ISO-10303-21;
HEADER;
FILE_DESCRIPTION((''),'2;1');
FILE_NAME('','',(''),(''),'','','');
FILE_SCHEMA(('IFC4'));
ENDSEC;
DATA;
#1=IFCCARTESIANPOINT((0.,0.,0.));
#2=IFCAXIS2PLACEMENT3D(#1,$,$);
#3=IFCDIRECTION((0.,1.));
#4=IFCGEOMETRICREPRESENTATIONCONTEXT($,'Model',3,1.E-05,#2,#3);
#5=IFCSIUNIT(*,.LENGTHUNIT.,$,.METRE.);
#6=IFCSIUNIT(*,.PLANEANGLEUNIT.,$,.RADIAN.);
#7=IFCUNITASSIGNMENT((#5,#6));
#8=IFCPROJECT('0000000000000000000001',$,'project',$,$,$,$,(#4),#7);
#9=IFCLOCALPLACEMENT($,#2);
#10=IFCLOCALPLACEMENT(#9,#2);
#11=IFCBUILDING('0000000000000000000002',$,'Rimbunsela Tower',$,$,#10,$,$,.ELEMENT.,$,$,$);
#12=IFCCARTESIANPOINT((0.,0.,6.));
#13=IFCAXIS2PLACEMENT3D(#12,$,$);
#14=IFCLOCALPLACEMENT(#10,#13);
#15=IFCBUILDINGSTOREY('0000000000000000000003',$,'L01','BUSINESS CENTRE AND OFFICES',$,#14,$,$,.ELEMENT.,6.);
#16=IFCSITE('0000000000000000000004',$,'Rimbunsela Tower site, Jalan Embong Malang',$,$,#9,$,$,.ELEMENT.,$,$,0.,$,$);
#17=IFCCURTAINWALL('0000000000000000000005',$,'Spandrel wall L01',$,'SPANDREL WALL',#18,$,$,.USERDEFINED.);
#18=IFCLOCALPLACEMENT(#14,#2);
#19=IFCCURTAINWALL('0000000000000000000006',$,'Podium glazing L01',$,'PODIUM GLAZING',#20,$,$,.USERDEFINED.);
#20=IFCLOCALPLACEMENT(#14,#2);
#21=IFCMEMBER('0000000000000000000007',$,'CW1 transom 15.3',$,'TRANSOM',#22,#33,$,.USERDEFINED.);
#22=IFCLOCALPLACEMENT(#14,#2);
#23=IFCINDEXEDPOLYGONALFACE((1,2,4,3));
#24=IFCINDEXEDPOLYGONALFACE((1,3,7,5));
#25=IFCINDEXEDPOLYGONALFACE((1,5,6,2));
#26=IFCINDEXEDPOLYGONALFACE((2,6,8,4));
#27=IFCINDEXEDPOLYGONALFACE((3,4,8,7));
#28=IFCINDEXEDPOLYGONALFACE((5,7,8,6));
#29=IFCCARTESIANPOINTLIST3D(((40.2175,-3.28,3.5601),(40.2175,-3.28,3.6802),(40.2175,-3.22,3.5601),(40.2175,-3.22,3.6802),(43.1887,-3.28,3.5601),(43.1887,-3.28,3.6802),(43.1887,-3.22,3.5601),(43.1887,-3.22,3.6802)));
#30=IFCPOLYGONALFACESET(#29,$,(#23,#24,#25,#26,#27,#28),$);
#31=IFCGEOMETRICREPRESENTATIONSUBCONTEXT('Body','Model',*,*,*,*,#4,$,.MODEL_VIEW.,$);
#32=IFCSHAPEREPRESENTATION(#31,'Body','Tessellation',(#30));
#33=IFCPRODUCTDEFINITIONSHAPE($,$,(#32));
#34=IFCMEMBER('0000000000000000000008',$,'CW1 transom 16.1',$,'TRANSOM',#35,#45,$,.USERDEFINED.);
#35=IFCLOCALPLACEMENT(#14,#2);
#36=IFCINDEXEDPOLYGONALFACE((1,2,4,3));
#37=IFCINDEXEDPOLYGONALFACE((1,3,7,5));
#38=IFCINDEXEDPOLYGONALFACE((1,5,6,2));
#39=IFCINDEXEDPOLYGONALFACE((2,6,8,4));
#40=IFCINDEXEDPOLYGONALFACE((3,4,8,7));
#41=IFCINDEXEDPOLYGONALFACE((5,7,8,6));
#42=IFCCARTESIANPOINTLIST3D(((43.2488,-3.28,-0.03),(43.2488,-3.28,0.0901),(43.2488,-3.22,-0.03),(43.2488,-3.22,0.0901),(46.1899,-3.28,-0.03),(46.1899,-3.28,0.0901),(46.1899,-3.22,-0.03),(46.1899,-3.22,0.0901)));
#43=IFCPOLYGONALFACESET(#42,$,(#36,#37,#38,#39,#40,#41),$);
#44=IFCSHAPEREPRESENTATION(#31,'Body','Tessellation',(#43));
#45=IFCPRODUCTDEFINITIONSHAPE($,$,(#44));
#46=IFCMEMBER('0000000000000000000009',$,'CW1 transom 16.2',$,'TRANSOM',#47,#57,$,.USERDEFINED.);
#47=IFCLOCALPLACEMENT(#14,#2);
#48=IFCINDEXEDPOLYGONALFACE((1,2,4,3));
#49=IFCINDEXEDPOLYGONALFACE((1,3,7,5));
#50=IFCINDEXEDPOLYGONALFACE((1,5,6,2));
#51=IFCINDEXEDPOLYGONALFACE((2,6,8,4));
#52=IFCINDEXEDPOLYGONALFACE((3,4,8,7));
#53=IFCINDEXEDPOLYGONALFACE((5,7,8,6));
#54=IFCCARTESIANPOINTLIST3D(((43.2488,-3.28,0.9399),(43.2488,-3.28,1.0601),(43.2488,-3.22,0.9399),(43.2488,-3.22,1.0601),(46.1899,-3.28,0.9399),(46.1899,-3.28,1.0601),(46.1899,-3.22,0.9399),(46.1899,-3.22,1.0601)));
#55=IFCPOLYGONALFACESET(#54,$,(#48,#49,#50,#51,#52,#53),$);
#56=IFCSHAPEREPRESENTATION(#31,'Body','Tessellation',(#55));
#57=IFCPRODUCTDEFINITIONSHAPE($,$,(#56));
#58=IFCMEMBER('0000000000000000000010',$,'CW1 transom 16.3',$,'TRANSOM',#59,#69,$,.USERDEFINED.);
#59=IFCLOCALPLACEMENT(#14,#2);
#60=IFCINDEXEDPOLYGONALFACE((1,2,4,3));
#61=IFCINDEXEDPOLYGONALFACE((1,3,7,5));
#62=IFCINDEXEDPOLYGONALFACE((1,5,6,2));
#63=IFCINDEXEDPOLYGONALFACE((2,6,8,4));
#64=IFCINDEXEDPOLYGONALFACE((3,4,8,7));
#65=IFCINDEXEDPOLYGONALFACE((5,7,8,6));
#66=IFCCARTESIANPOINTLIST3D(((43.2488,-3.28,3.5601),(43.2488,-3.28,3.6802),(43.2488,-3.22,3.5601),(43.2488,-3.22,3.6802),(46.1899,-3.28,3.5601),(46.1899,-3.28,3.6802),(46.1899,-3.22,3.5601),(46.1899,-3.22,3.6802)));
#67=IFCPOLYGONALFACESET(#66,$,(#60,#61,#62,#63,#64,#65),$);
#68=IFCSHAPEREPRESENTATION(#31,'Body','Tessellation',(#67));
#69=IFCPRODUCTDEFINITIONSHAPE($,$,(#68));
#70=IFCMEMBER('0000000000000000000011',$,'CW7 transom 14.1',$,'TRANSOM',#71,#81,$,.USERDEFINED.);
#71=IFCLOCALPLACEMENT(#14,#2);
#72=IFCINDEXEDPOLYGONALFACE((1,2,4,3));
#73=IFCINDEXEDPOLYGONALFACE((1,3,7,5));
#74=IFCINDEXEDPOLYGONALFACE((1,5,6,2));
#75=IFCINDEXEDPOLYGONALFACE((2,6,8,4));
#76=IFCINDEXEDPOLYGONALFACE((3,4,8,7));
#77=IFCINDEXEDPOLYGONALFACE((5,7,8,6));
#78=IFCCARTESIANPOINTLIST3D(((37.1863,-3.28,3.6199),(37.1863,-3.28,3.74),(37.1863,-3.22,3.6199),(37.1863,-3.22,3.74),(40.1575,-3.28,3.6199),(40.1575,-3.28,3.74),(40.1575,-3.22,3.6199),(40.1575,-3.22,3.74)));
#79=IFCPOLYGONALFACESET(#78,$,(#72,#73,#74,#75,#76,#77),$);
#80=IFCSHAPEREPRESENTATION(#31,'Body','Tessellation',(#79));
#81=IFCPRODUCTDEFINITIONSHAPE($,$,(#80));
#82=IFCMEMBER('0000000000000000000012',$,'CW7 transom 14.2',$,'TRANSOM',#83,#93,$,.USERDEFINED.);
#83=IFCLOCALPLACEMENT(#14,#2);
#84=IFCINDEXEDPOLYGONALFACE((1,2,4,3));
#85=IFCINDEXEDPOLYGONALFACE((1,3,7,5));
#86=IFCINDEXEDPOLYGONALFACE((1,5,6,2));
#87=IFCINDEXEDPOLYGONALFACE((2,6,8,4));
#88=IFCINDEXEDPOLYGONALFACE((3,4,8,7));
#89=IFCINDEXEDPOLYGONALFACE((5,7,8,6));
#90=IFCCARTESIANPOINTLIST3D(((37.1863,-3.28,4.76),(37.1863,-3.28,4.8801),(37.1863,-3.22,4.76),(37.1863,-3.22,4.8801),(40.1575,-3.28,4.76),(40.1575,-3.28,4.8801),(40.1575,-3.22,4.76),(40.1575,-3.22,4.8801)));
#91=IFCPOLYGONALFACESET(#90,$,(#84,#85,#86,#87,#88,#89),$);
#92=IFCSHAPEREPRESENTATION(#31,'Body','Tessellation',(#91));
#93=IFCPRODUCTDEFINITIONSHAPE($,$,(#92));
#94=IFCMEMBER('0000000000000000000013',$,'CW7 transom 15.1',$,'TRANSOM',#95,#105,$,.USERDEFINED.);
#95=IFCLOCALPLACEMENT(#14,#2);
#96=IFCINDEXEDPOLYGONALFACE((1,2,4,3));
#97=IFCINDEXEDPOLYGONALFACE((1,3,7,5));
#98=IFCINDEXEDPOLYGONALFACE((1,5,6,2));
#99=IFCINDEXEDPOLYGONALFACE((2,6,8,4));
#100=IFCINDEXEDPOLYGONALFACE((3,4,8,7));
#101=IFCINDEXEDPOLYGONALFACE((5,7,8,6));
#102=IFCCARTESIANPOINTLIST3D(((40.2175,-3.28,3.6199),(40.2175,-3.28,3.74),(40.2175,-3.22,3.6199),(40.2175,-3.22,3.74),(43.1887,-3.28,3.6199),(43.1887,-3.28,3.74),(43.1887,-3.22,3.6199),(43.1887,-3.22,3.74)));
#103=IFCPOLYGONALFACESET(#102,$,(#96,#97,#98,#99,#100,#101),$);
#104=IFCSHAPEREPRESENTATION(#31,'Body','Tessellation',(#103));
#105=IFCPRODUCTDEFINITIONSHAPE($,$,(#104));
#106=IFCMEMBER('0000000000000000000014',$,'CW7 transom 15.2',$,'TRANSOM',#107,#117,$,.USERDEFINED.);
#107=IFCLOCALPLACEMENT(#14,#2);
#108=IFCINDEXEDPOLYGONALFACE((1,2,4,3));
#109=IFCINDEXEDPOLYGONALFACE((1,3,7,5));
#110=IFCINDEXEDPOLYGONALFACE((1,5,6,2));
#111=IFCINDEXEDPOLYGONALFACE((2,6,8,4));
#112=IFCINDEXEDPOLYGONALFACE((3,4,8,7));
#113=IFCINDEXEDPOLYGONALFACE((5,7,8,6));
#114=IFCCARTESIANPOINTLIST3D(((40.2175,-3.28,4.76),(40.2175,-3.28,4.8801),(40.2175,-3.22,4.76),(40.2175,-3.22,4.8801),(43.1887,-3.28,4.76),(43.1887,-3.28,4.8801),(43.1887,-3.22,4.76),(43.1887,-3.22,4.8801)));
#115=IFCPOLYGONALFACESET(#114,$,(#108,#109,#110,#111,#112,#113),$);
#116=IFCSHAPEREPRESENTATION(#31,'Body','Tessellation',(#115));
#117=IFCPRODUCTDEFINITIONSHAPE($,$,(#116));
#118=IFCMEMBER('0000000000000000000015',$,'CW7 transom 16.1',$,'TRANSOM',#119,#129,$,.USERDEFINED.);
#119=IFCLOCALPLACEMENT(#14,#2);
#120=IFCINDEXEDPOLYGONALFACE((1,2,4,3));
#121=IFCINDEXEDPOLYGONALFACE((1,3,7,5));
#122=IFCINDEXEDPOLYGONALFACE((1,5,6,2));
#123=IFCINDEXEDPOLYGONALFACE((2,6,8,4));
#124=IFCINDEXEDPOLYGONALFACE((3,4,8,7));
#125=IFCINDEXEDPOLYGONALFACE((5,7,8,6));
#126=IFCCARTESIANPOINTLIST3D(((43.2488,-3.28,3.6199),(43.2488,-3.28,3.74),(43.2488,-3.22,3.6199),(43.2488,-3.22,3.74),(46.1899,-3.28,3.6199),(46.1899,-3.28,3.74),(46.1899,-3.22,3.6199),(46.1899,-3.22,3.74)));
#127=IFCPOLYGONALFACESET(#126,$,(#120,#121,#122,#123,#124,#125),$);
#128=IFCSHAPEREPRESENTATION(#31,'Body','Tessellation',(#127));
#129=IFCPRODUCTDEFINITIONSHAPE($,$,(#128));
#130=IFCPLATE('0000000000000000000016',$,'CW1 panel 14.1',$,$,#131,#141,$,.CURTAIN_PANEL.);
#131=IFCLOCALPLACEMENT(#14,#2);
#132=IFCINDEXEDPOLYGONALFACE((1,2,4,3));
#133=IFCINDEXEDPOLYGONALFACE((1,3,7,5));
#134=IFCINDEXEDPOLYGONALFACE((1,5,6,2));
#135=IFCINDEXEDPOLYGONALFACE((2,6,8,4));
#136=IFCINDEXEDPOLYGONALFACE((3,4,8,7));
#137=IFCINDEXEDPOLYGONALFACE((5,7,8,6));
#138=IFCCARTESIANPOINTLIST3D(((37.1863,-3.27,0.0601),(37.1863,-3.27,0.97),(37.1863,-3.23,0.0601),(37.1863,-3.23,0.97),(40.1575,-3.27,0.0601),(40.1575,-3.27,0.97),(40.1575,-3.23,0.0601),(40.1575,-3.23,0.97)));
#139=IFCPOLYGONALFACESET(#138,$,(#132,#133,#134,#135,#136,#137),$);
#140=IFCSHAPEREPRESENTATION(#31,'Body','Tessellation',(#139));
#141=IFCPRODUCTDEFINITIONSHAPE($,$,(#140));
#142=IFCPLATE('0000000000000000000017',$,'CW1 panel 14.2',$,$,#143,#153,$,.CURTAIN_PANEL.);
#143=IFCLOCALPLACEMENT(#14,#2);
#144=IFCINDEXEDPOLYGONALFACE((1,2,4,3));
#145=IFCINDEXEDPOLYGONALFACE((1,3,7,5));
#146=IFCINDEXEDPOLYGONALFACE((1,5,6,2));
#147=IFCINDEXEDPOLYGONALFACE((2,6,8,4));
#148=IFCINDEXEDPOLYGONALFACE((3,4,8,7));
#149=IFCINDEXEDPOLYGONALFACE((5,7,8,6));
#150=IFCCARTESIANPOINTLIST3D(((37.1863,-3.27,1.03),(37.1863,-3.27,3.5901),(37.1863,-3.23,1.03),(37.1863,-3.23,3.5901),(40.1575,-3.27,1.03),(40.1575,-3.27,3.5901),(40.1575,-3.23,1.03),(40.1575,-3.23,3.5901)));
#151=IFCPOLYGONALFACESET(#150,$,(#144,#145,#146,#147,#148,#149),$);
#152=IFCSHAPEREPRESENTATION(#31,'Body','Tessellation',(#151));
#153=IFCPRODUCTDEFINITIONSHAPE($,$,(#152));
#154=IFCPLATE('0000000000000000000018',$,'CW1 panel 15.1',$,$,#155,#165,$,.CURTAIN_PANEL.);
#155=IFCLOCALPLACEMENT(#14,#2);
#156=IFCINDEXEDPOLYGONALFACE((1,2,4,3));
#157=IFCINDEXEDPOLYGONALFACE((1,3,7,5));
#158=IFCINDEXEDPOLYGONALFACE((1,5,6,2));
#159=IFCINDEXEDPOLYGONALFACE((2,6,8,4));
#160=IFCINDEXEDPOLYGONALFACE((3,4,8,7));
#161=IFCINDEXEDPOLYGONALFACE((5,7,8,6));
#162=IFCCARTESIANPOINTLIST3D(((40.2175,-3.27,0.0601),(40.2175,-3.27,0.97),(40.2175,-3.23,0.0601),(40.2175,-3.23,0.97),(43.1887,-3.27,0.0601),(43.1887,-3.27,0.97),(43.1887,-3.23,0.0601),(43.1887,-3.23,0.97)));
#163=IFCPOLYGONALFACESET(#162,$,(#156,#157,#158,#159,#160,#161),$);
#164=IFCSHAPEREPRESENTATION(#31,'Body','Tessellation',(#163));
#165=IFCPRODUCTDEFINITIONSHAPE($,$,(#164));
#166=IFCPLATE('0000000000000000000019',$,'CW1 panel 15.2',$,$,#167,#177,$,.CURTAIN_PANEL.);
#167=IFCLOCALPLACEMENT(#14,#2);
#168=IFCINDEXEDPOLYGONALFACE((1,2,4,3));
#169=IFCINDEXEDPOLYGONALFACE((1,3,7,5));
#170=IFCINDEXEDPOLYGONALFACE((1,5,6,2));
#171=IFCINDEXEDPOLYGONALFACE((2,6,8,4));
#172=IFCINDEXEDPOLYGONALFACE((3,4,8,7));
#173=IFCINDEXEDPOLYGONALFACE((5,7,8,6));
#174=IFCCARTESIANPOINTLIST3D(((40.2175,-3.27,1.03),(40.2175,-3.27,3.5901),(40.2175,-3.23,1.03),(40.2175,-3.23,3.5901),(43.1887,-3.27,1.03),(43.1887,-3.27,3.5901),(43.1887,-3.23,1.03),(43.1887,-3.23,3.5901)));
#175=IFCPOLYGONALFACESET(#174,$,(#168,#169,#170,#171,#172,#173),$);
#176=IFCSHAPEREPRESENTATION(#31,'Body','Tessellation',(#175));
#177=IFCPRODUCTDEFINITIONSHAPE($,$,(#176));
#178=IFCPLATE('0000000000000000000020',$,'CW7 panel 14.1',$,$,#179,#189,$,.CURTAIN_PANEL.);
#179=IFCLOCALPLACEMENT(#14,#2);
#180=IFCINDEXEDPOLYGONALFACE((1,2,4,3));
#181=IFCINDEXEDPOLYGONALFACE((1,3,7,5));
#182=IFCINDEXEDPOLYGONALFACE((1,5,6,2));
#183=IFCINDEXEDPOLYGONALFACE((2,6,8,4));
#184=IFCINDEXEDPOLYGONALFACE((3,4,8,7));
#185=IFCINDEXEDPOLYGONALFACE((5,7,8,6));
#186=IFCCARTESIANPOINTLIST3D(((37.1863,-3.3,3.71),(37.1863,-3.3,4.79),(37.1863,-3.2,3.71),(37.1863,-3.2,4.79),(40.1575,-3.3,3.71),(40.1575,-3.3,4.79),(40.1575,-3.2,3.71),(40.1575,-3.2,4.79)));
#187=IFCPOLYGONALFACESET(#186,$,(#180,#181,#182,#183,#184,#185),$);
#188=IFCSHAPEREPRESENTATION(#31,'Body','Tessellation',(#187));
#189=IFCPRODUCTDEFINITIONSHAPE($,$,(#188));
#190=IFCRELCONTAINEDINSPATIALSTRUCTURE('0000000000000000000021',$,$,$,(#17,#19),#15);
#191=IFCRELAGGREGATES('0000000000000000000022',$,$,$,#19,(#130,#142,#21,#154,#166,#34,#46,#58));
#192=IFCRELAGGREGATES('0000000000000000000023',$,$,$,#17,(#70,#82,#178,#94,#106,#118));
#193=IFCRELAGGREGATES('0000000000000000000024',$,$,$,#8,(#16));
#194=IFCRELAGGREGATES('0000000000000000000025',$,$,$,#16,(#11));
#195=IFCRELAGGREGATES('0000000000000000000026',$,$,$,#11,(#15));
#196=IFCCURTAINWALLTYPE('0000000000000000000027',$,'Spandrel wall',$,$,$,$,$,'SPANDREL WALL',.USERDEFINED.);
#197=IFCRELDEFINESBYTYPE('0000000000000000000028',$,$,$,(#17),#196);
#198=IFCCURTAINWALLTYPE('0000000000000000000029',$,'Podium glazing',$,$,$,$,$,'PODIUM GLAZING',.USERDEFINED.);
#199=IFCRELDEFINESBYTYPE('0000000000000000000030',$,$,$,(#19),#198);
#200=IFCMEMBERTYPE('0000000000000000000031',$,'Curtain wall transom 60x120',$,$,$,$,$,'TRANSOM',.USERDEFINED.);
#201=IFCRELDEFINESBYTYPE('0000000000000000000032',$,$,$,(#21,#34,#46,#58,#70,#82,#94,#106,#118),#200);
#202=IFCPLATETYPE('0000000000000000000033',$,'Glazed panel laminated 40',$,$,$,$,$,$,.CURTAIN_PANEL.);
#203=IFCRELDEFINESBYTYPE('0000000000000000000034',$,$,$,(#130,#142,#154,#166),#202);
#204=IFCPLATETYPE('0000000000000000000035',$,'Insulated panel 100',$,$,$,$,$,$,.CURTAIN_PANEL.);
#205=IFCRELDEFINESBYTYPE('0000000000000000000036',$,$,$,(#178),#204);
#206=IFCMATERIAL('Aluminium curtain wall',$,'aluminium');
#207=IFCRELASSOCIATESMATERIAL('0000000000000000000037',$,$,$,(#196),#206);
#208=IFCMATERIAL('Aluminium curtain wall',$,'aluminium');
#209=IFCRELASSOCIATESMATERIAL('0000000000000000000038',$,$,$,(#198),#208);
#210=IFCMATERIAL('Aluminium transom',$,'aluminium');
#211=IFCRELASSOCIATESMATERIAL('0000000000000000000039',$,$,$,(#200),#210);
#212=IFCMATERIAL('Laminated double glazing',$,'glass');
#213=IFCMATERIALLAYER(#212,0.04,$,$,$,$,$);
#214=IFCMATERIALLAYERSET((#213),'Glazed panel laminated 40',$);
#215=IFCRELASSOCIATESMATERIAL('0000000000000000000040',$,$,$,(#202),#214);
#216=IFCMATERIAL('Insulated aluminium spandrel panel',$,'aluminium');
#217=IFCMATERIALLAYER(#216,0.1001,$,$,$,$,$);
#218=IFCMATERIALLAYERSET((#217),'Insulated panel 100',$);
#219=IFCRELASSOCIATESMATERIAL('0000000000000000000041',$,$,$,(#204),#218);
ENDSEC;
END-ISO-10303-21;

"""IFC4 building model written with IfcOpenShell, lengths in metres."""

from ifc_helpers import new_model, si_unit, direction, frame, origin, origin_2d, place, context, subcontext, project, spatial, rectangle, extrude, material, layer, layer_set, material_profile, profile_set, type_object, element, aggregate, save


model = new_model("IFC4")

# Units and contexts
model_context = context("Model", 3, precision=1e-05, world=origin(), true_north=direction((0.0, 1.0)))
body_context = subcontext(model_context, "Body", "Model", "MODEL_VIEW")
ifc_project = project(units=[si_unit("LENGTHUNIT", "METRE"), si_unit("PLANEANGLEUNIT", "RADIAN")], contexts=[model_context])

# Site, building, storey
site_placement = place(None, origin())
site = spatial("IfcSite", under=ifc_project, at=site_placement, Name="Rimbunsela Tower site, Jalan Embong Malang", CompositionType="ELEMENT", RefElevation=0.0)
building_placement = place(site_placement, origin())
building = spatial("IfcBuilding", under=site, at=building_placement, Name="Rimbunsela Tower", CompositionType="ELEMENT")
storey_placement = place(building_placement, frame((0.0, 0.0, 6.0)))
storey = spatial("IfcBuildingStorey", under=building, at=storey_placement, Name="L01", Description="BUSINESS CENTRE AND OFFICES", CompositionType="ELEMENT", Elevation=6.0)

# Curtain walls, members
ifc_material_1 = material(Name="Aluminium curtain wall", Category="aluminium")
curtain_wall_type_1 = type_object("IfcCurtainWallType", Name="Spandrel wall", ElementType="SPANDREL WALL", PredefinedType="USERDEFINED", material=ifc_material_1)
curtain_wall_1_placement = place(storey_placement, origin())
curtain_wall_1 = element("IfcCurtainWall", 1, at=curtain_wall_1_placement, inside=storey, type_object=curtain_wall_type_1, Name="Spandrel wall L01", ObjectType="SPANDREL WALL", PredefinedType="USERDEFINED")
ifc_material_2 = material(Name="Aluminium curtain wall", Category="aluminium")
curtain_wall_type_2 = type_object("IfcCurtainWallType", Name="Podium glazing", ElementType="PODIUM GLAZING", PredefinedType="USERDEFINED", material=ifc_material_2)
curtain_wall_2_placement = place(storey_placement, origin())
curtain_wall_2 = element("IfcCurtainWall", 2, at=curtain_wall_2_placement, inside=storey, type_object=curtain_wall_type_2, Name="Podium glazing L01", ObjectType="PODIUM GLAZING", PredefinedType="USERDEFINED")
ifc_material_3 = material(Name="Aluminium transom", Category="aluminium")
ifc_material_profile_1 = material_profile(ifc_material_3, rectangle(XDim=0.0601, YDim=0.1201, at=origin_2d()), Name="Transom 60x120")
ifc_profile_set_1 = profile_set([ifc_material_profile_1], Name="Aluminium transom")
member_type_1 = type_object("IfcMemberType", Name="Curtain wall transom 60x120", ElementType="TRANSOM", PredefinedType="USERDEFINED", material=ifc_profile_set_1)
member_1_placement = place(storey_placement, frame((40.2175, -3.25, 3.6201), z_axis=(1.0, 0.0, 0.0), x_axis=(0.0, 1.0, 0.0)))
member_1 = element("IfcMember", 3, at=member_1_placement, type_object=member_type_1, Name="CW1 transom 15.3", ObjectType="TRANSOM", PredefinedType="USERDEFINED", context=body_context, shape_type="SweptSolid", body=[
    extrude(rectangle(XDim=0.0601, YDim=0.1201, at=origin_2d()), origin(), (0.0, 0.0, 1.0), 2.9712),
])
member_2_placement = place(storey_placement, frame((43.2488, -3.25, 0.03), z_axis=(1.0, 0.0, 0.0), x_axis=(0.0, 1.0, 0.0)))
member_2 = element("IfcMember", 4, at=member_2_placement, type_object=member_type_1, Name="CW1 transom 16.1", ObjectType="TRANSOM", PredefinedType="USERDEFINED", context=body_context, shape_type="SweptSolid", body=[
    extrude(rectangle(XDim=0.0601, YDim=0.1201, at=origin_2d()), origin(), (0.0, 0.0, 1.0), 2.9412),
])
member_3_placement = place(storey_placement, frame((43.2488, -3.25, 1.0), z_axis=(1.0, 0.0, 0.0), x_axis=(0.0, 1.0, 0.0)))
member_3 = element("IfcMember", 5, at=member_3_placement, type_object=member_type_1, Name="CW1 transom 16.2", ObjectType="TRANSOM", PredefinedType="USERDEFINED", context=body_context, shape_type="SweptSolid", body=[
    extrude(rectangle(XDim=0.0601, YDim=0.1201, at=origin_2d()), origin(), (0.0, 0.0, 1.0), 2.9412),
])
member_4_placement = place(storey_placement, frame((43.2488, -3.25, 3.6201), z_axis=(1.0, 0.0, 0.0), x_axis=(0.0, 1.0, 0.0)))
member_4 = element("IfcMember", 6, at=member_4_placement, type_object=member_type_1, Name="CW1 transom 16.3", ObjectType="TRANSOM", PredefinedType="USERDEFINED", context=body_context, shape_type="SweptSolid", body=[
    extrude(rectangle(XDim=0.0601, YDim=0.1201, at=origin_2d()), origin(), (0.0, 0.0, 1.0), 2.9412),
])

# Members
member_5_placement = place(storey_placement, frame((37.1863, -3.25, 3.6799), z_axis=(1.0, 0.0, 0.0), x_axis=(0.0, 1.0, 0.0)))
member_5 = element("IfcMember", 7, at=member_5_placement, type_object=member_type_1, Name="CW7 transom 14.1", ObjectType="TRANSOM", PredefinedType="USERDEFINED", context=body_context, shape_type="SweptSolid", body=[
    extrude(rectangle(XDim=0.0601, YDim=0.1201, at=origin_2d()), origin(), (0.0, 0.0, 1.0), 2.9712),
])
member_6_placement = place(storey_placement, frame((37.1863, -3.25, 4.8201), z_axis=(1.0, 0.0, 0.0), x_axis=(0.0, 1.0, 0.0)))
member_6 = element("IfcMember", 8, at=member_6_placement, type_object=member_type_1, Name="CW7 transom 14.2", ObjectType="TRANSOM", PredefinedType="USERDEFINED", context=body_context, shape_type="SweptSolid", body=[
    extrude(rectangle(XDim=0.0601, YDim=0.1201, at=origin_2d()), origin(), (0.0, 0.0, 1.0), 2.9712),
])
member_7_placement = place(storey_placement, frame((40.2175, -3.25, 3.6799), z_axis=(1.0, 0.0, 0.0), x_axis=(0.0, 1.0, 0.0)))
member_7 = element("IfcMember", 9, at=member_7_placement, type_object=member_type_1, Name="CW7 transom 15.1", ObjectType="TRANSOM", PredefinedType="USERDEFINED", context=body_context, shape_type="SweptSolid", body=[
    extrude(rectangle(XDim=0.0601, YDim=0.1201, at=origin_2d()), origin(), (0.0, 0.0, 1.0), 2.9712),
])
member_8_placement = place(storey_placement, frame((40.2175, -3.25, 4.8201), z_axis=(1.0, 0.0, 0.0), x_axis=(0.0, 1.0, 0.0)))
member_8 = element("IfcMember", 10, at=member_8_placement, type_object=member_type_1, Name="CW7 transom 15.2", ObjectType="TRANSOM", PredefinedType="USERDEFINED", context=body_context, shape_type="SweptSolid", body=[
    extrude(rectangle(XDim=0.0601, YDim=0.1201, at=origin_2d()), origin(), (0.0, 0.0, 1.0), 2.9712),
])
member_9_placement = place(storey_placement, frame((43.2488, -3.25, 3.6799), z_axis=(1.0, 0.0, 0.0), x_axis=(0.0, 1.0, 0.0)))
member_9 = element("IfcMember", 11, at=member_9_placement, type_object=member_type_1, Name="CW7 transom 16.1", ObjectType="TRANSOM", PredefinedType="USERDEFINED", context=body_context, shape_type="SweptSolid", body=[
    extrude(rectangle(XDim=0.0601, YDim=0.1201, at=origin_2d()), origin(), (0.0, 0.0, 1.0), 2.9412),
])

# Plates
ifc_material_4 = material(Name="Laminated double glazing", Category="glass")
ifc_layer_1 = layer(ifc_material_4, 0.04)
ifc_layer_set_1 = layer_set([ifc_layer_1], Name="Glazed panel laminated 40")
plate_type_1 = type_object("IfcPlateType", Name="Glazed panel laminated 40", PredefinedType="CURTAIN_PANEL", material=ifc_layer_set_1)
plate_1_placement = place(storey_placement, frame((38.6719, -3.25, 0.0601), z_axis=(0.0, 0.0, 1.0), x_axis=(1.0, 0.0, 0.0)))
plate_1 = element("IfcPlate", 12, at=plate_1_placement, type_object=plate_type_1, Name="CW1 panel 14.1", PredefinedType="CURTAIN_PANEL", context=body_context, shape_type="SweptSolid", body=[
    extrude(rectangle(XDim=2.9712, YDim=0.04, at=origin_2d()), origin(), (0.0, 0.0, 1.0), 0.9099),
])
plate_2_placement = place(storey_placement, frame((38.6719, -3.25, 1.03), z_axis=(0.0, 0.0, 1.0), x_axis=(1.0, 0.0, 0.0)))
plate_2 = element("IfcPlate", 13, at=plate_2_placement, type_object=plate_type_1, Name="CW1 panel 14.2", PredefinedType="CURTAIN_PANEL", context=body_context, shape_type="SweptSolid", body=[
    extrude(rectangle(XDim=2.9712, YDim=0.04, at=origin_2d()), origin(), (0.0, 0.0, 1.0), 2.5601),
])
plate_3_placement = place(storey_placement, frame((41.7031, -3.25, 0.0601), z_axis=(0.0, 0.0, 1.0), x_axis=(1.0, 0.0, 0.0)))
plate_3 = element("IfcPlate", 14, at=plate_3_placement, type_object=plate_type_1, Name="CW1 panel 15.1", PredefinedType="CURTAIN_PANEL", context=body_context, shape_type="SweptSolid", body=[
    extrude(rectangle(XDim=2.9712, YDim=0.04, at=origin_2d()), origin(), (0.0, 0.0, 1.0), 0.9099),
])
plate_4_placement = place(storey_placement, frame((41.7031, -3.25, 1.03), z_axis=(0.0, 0.0, 1.0), x_axis=(1.0, 0.0, 0.0)))
plate_4 = element("IfcPlate", 15, at=plate_4_placement, type_object=plate_type_1, Name="CW1 panel 15.2", PredefinedType="CURTAIN_PANEL", context=body_context, shape_type="SweptSolid", body=[
    extrude(rectangle(XDim=2.9712, YDim=0.04, at=origin_2d()), origin(), (0.0, 0.0, 1.0), 2.5601),
])
aggregate(curtain_wall_2, [plate_1, plate_2, member_1, plate_3, plate_4, member_2, member_3, member_4])
ifc_material_5 = material(Name="Insulated aluminium spandrel panel", Category="aluminium")
ifc_layer_2 = layer(ifc_material_5, 0.1001)
ifc_layer_set_2 = layer_set([ifc_layer_2], Name="Insulated panel 100")
plate_type_2 = type_object("IfcPlateType", Name="Insulated panel 100", PredefinedType="CURTAIN_PANEL", material=ifc_layer_set_2)
plate_5_placement = place(storey_placement, frame((38.6719, -3.25, 3.71), z_axis=(0.0, 0.0, 1.0), x_axis=(1.0, 0.0, 0.0)))
plate_5 = element("IfcPlate", 16, at=plate_5_placement, type_object=plate_type_2, Name="CW7 panel 14.1", PredefinedType="CURTAIN_PANEL", context=body_context, shape_type="SweptSolid", body=[
    extrude(rectangle(XDim=2.9712, YDim=0.1001, at=origin_2d()), origin(), (0.0, 0.0, 1.0), 1.0801),
])
aggregate(curtain_wall_1, [member_5, member_6, plate_5, member_7, member_8, member_9])

save(model, "model.ifc")
